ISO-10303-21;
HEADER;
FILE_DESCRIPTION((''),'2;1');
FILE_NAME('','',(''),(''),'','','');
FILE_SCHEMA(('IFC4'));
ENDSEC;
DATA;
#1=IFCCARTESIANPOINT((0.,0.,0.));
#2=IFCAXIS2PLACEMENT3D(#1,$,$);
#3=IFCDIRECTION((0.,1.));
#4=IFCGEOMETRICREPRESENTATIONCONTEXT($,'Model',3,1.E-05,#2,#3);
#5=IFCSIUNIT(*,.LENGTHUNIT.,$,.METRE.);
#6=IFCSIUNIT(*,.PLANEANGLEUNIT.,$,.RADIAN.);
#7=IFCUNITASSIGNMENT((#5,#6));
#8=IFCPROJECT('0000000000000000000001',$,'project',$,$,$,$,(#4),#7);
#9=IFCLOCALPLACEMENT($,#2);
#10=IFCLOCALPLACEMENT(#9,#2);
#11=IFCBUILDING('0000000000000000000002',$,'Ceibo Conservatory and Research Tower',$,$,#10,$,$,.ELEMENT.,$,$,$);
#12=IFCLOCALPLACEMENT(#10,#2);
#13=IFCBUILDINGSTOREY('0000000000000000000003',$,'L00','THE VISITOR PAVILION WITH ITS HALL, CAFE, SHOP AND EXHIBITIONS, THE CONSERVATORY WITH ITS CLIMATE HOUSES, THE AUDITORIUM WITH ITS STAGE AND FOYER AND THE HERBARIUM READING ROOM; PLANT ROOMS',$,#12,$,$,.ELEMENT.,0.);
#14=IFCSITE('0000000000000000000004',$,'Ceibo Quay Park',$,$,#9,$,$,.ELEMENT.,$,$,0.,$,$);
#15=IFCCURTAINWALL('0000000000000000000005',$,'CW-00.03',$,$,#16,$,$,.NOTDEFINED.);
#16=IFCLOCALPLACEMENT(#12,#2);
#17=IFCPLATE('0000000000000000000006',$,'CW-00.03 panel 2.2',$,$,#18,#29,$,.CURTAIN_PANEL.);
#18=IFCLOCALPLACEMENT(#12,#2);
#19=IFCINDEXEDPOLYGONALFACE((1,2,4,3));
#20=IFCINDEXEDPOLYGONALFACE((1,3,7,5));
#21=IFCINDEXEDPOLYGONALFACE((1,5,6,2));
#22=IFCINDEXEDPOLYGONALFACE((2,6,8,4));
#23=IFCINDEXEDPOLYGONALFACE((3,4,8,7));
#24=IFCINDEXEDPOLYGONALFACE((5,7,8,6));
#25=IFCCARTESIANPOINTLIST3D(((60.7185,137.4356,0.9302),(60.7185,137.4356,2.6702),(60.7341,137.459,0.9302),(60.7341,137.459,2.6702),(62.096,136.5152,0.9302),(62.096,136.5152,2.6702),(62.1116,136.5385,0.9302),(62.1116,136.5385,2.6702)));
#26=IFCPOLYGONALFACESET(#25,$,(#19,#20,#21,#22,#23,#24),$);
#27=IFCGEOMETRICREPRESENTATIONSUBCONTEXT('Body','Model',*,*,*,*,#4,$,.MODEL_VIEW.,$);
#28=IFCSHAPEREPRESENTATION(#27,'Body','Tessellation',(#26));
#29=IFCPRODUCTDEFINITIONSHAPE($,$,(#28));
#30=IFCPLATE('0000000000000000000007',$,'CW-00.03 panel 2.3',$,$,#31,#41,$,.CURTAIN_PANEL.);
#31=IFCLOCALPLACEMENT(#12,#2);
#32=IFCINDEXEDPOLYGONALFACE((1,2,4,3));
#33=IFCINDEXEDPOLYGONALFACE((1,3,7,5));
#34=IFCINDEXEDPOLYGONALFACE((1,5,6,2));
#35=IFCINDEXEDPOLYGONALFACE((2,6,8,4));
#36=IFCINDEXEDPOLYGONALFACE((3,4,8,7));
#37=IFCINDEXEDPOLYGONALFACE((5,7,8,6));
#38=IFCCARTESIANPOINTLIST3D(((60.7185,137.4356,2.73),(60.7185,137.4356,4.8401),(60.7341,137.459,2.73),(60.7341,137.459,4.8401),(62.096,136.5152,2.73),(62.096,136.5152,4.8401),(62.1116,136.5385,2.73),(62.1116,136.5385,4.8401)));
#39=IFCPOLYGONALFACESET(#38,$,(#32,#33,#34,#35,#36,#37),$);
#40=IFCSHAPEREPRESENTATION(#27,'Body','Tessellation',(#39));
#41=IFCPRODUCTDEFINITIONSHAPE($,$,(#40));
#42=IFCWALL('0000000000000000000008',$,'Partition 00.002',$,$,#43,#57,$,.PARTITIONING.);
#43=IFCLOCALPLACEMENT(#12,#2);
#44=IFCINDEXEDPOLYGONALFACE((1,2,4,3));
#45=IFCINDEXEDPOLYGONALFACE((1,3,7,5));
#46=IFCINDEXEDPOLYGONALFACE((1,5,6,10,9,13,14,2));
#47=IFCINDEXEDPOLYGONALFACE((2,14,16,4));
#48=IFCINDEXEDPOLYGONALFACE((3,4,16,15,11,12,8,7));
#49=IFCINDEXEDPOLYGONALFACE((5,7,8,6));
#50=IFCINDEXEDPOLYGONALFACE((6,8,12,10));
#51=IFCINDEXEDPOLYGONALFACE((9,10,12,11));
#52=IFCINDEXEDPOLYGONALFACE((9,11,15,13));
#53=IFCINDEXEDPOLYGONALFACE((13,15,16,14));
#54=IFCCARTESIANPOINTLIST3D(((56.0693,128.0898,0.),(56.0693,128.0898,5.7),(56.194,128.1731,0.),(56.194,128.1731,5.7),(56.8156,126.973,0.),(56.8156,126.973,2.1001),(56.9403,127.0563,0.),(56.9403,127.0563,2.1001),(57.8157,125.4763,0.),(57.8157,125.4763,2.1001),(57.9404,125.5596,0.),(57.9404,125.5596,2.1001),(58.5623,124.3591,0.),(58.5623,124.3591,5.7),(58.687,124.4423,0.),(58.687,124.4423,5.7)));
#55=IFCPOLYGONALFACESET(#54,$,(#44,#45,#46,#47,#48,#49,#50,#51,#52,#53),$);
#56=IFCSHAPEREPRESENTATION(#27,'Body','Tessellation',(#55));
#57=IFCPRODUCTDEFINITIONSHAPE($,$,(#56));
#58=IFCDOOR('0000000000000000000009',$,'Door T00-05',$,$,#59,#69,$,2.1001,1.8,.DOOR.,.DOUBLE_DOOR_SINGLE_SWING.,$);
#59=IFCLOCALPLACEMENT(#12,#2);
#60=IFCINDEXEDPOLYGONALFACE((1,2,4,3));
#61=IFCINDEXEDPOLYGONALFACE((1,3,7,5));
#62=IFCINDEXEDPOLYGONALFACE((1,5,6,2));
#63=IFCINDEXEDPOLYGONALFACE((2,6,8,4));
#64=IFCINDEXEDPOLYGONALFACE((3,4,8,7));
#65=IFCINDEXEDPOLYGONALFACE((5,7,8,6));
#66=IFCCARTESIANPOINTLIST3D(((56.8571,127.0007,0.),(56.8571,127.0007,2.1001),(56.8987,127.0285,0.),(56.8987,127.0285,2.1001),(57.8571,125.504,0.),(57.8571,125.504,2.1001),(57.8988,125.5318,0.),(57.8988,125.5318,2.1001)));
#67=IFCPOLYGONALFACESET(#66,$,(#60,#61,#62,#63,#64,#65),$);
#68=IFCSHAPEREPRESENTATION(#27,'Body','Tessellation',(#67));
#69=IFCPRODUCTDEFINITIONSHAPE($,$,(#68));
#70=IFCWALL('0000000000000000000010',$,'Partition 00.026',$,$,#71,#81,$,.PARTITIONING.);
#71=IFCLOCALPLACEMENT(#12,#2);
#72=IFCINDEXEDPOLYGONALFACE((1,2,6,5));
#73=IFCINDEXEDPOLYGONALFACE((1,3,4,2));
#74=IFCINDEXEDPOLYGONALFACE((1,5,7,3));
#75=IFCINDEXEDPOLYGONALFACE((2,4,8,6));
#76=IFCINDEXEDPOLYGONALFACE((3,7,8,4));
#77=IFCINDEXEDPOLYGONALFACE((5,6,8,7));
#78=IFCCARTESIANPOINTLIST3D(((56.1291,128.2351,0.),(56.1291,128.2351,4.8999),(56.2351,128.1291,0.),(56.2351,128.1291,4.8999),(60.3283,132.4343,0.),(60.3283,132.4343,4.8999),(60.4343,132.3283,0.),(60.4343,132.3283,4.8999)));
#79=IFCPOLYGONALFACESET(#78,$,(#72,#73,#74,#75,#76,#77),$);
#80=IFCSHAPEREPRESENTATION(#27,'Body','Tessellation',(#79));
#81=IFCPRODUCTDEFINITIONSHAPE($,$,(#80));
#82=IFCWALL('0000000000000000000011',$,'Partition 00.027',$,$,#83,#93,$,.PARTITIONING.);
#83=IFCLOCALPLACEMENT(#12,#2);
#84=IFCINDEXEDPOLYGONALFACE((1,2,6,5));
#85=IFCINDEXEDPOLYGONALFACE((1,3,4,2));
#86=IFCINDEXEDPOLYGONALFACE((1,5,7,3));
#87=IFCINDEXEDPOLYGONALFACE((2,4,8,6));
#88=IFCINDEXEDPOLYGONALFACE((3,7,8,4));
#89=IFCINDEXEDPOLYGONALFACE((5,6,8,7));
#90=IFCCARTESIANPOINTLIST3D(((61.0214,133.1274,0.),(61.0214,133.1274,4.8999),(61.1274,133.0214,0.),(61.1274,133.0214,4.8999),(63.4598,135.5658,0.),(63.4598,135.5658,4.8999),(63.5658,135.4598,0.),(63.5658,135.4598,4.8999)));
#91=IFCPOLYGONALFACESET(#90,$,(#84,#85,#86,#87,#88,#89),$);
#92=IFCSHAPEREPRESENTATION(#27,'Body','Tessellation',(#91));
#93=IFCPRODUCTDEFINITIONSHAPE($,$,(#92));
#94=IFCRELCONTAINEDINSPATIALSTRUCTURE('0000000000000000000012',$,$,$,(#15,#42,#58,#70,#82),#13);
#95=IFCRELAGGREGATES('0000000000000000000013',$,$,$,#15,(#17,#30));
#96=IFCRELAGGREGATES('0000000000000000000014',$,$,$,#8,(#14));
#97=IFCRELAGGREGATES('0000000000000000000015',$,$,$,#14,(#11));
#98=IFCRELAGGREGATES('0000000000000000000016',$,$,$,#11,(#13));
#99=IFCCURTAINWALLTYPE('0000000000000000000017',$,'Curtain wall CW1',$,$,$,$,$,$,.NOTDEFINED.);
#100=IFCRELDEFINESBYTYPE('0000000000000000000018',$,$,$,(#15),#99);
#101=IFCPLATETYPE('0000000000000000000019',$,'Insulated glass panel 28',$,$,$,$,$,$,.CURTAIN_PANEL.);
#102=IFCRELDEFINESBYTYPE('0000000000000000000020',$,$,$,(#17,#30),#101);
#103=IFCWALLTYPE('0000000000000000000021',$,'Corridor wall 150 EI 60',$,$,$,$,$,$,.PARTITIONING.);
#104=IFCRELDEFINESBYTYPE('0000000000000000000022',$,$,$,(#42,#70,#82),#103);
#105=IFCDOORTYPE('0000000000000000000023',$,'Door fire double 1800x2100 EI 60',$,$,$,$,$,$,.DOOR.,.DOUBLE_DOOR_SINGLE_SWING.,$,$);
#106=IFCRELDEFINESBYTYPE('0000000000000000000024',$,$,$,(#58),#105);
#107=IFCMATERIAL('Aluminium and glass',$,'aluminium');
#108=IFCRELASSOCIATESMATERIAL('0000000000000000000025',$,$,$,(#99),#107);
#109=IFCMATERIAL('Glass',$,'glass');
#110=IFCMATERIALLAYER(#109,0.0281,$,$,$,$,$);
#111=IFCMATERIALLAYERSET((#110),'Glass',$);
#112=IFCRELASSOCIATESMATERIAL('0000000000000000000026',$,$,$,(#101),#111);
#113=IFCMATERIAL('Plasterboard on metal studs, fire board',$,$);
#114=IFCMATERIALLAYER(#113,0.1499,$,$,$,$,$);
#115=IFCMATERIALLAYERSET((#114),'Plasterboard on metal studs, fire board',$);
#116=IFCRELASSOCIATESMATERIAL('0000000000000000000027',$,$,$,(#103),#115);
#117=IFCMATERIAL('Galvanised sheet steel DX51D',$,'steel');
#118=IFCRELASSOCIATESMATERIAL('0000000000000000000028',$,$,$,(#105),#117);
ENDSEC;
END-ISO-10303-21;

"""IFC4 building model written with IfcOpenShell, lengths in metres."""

from ifc_helpers import new_model, si_unit, direction, frame, frame_2d, origin, origin_2d, place, context, subcontext, project, spatial, rectangle, extrude, material, layer, layer_set, type_object, element, fill, aggregate, save


model = new_model("IFC4")

# Units and contexts
model_context = context("Model", 3, precision=1e-05, world=origin(), true_north=direction((0.0, 1.0)))
body_context = subcontext(model_context, "Body", "Model", "MODEL_VIEW")
ifc_project = project(units=[si_unit("LENGTHUNIT", "METRE"), si_unit("PLANEANGLEUNIT", "RADIAN")], contexts=[model_context])

# Site, building, storey
site_placement = place(None, origin())
site = spatial("IfcSite", under=ifc_project, at=site_placement, Name="Ceibo Quay Park", CompositionType="ELEMENT", RefElevation=0.0)
building_placement = place(site_placement, origin())
building = spatial("IfcBuilding", under=site, at=building_placement, Name="Ceibo Conservatory and Research Tower", CompositionType="ELEMENT")
storey_placement = place(building_placement, origin())
storey = spatial("IfcBuildingStorey", under=building, at=storey_placement, Name="L00", Description="THE VISITOR PAVILION WITH ITS HALL, CAFE, SHOP AND EXHIBITIONS, THE CONSERVATORY WITH ITS CLIMATE HOUSES, THE AUDITORIUM WITH ITS STAGE AND FOYER AND THE HERBARIUM READING ROOM; PLANT ROOMS", CompositionType="ELEMENT", Elevation=0.0)

# Curtain wall
ifc_material_1 = material(Name="Aluminium and glass", Category="aluminium")
curtain_wall_type = type_object("IfcCurtainWallType", Name="Curtain wall CW1", PredefinedType="NOTDEFINED", material=ifc_material_1)
curtain_wall_placement = place(storey_placement, origin())
curtain_wall = element("IfcCurtainWall", 1, at=curtain_wall_placement, inside=storey, type_object=curtain_wall_type, Name="CW-00.03", PredefinedType="NOTDEFINED")

# Plates
ifc_material_2 = material(Name="Glass", Category="glass")
ifc_layer_1 = layer(ifc_material_2, 0.0281)
ifc_layer_set_1 = layer_set([ifc_layer_1], Name="Glass")
plate_type = type_object("IfcPlateType", Name="Insulated glass panel 28", PredefinedType="CURTAIN_PANEL", material=ifc_layer_set_1)
plate_1_placement = place(storey_placement, frame((61.415, 136.9871, 0.9302), z_axis=(0.0, 0.0, 1.0), x_axis=(-0.83147, 0.55557, 0.0)))
plate_1 = element("IfcPlate", 2, at=plate_1_placement, type_object=plate_type, Name="CW-00.03 panel 2.2", PredefinedType="CURTAIN_PANEL", context=body_context, shape_type="SweptSolid", body=[
    extrude(rectangle(XDim=1.6567, YDim=0.0281, at=origin_2d()), origin(), (0.0, 0.0, 1.0), 1.74),
])
plate_2_placement = place(storey_placement, frame((61.415, 136.9871, 2.73), z_axis=(0.0, 0.0, 1.0), x_axis=(-0.83147, 0.55557, 0.0)))
plate_2 = element("IfcPlate", 3, at=plate_2_placement, type_object=plate_type, Name="CW-00.03 panel 2.3", PredefinedType="CURTAIN_PANEL", context=body_context, shape_type="SweptSolid", body=[
    extrude(rectangle(XDim=1.6567, YDim=0.0281, at=origin_2d()), origin(), (0.0, 0.0, 1.0), 2.1101),
])
aggregate(curtain_wall, [plate_1, plate_2])

# Wall, opening, door
ifc_material_3 = material(Name="Plasterboard on metal studs, fire board")
ifc_layer_2 = layer(ifc_material_3, 0.1499)
ifc_layer_set_2 = layer_set([ifc_layer_2], Name="Plasterboard on metal studs, fire board")
wall_type = type_object("IfcWallType", Name="Corridor wall 150 EI 60", PredefinedType="PARTITIONING", material=ifc_layer_set_2)
wall_1_placement = place(storey_placement, frame((56.1316, 128.1316, 0.0), z_axis=(0.0, 0.0, 1.0), x_axis=(0.555591, -0.831455, 0.0)))
wall_1 = element("IfcWall", 4, at=wall_1_placement, inside=storey, type_object=wall_type, Name="Partition 00.002", PredefinedType="PARTITIONING", context=body_context, shape_type="SweptSolid", body=[
    extrude(rectangle(XDim=4.4871, YDim=0.1499, at=frame_2d((2.2437, 0.0))), origin(), (0.0, 0.0, 1.0), 5.7),
])
opening_placement = place(wall_1_placement, frame((1.3435, 0.0, 0.0)))
opening = element("IfcOpeningElement", 5, at=opening_placement, cuts=wall_1, PredefinedType="OPENING", context=body_context, shape_type="SweptSolid", body=[
    extrude(rectangle(XDim=1.8, YDim=2.1001, at=frame_2d((0.8999, 1.05))), frame((0.0, 0.085, 0.0), z_axis=(0.0, -1.0, 0.0), x_axis=(1.0, 0.0, 0.0)), (0.0, 0.0, 1.0), 0.1699),
])
ifc_material_4 = material(Name="Galvanised sheet steel DX51D", Category="steel")
door_type = type_object("IfcDoorType", Name="Door fire double 1800x2100 EI 60", OperationType="DOUBLE_DOOR_SINGLE_SWING", PredefinedType="DOOR", material=ifc_material_4)
door_placement = place(opening_placement, origin())
door = element("IfcDoor", 6, at=door_placement, inside=storey, type_object=door_type, Name="Door T00-05", OperationType="DOUBLE_DOOR_SINGLE_SWING", OverallHeight=2.1001, OverallWidth=1.8, PredefinedType="DOOR", context=body_context, shape_type="SweptSolid", body=[
    extrude(rectangle(XDim=1.8, YDim=2.1001, at=frame_2d((0.8999, 1.05))), frame((0.0, 0.0249, 0.0), z_axis=(0.0, -1.0, 0.0), x_axis=(1.0, 0.0, 0.0)), (0.0, 0.0, 1.0), 0.05),
])
fill(opening, door)

# Walls
wall_2_placement = place(storey_placement, frame((56.1821, 128.1821, 0.0), z_axis=(0.0, 0.0, 1.0), x_axis=(0.707107, 0.707107, 0.0)))
element("IfcWall", 7, at=wall_2_placement, inside=storey, type_object=wall_type, Name="Partition 00.026", PredefinedType="PARTITIONING", context=body_context, shape_type="SweptSolid", body=[
    extrude(rectangle(XDim=5.9385, YDim=0.1499, at=frame_2d((2.9692, 0.0))), origin(), (0.0, 0.0, 1.0), 4.8999),
])
wall_3_placement = place(storey_placement, frame((61.0745, 133.0745, 0.0), z_axis=(0.0, 0.0, 1.0), x_axis=(0.707107, 0.707107, 0.0)))
element("IfcWall", 8, at=wall_3_placement, inside=storey, type_object=wall_type, Name="Partition 00.027", PredefinedType="PARTITIONING", context=body_context, shape_type="SweptSolid", body=[
    extrude(rectangle(XDim=3.4485, YDim=0.1499, at=frame_2d((1.7241, 0.0))), origin(), (0.0, 0.0, 1.0), 4.8999),
])

save(model, "model.ifc")
